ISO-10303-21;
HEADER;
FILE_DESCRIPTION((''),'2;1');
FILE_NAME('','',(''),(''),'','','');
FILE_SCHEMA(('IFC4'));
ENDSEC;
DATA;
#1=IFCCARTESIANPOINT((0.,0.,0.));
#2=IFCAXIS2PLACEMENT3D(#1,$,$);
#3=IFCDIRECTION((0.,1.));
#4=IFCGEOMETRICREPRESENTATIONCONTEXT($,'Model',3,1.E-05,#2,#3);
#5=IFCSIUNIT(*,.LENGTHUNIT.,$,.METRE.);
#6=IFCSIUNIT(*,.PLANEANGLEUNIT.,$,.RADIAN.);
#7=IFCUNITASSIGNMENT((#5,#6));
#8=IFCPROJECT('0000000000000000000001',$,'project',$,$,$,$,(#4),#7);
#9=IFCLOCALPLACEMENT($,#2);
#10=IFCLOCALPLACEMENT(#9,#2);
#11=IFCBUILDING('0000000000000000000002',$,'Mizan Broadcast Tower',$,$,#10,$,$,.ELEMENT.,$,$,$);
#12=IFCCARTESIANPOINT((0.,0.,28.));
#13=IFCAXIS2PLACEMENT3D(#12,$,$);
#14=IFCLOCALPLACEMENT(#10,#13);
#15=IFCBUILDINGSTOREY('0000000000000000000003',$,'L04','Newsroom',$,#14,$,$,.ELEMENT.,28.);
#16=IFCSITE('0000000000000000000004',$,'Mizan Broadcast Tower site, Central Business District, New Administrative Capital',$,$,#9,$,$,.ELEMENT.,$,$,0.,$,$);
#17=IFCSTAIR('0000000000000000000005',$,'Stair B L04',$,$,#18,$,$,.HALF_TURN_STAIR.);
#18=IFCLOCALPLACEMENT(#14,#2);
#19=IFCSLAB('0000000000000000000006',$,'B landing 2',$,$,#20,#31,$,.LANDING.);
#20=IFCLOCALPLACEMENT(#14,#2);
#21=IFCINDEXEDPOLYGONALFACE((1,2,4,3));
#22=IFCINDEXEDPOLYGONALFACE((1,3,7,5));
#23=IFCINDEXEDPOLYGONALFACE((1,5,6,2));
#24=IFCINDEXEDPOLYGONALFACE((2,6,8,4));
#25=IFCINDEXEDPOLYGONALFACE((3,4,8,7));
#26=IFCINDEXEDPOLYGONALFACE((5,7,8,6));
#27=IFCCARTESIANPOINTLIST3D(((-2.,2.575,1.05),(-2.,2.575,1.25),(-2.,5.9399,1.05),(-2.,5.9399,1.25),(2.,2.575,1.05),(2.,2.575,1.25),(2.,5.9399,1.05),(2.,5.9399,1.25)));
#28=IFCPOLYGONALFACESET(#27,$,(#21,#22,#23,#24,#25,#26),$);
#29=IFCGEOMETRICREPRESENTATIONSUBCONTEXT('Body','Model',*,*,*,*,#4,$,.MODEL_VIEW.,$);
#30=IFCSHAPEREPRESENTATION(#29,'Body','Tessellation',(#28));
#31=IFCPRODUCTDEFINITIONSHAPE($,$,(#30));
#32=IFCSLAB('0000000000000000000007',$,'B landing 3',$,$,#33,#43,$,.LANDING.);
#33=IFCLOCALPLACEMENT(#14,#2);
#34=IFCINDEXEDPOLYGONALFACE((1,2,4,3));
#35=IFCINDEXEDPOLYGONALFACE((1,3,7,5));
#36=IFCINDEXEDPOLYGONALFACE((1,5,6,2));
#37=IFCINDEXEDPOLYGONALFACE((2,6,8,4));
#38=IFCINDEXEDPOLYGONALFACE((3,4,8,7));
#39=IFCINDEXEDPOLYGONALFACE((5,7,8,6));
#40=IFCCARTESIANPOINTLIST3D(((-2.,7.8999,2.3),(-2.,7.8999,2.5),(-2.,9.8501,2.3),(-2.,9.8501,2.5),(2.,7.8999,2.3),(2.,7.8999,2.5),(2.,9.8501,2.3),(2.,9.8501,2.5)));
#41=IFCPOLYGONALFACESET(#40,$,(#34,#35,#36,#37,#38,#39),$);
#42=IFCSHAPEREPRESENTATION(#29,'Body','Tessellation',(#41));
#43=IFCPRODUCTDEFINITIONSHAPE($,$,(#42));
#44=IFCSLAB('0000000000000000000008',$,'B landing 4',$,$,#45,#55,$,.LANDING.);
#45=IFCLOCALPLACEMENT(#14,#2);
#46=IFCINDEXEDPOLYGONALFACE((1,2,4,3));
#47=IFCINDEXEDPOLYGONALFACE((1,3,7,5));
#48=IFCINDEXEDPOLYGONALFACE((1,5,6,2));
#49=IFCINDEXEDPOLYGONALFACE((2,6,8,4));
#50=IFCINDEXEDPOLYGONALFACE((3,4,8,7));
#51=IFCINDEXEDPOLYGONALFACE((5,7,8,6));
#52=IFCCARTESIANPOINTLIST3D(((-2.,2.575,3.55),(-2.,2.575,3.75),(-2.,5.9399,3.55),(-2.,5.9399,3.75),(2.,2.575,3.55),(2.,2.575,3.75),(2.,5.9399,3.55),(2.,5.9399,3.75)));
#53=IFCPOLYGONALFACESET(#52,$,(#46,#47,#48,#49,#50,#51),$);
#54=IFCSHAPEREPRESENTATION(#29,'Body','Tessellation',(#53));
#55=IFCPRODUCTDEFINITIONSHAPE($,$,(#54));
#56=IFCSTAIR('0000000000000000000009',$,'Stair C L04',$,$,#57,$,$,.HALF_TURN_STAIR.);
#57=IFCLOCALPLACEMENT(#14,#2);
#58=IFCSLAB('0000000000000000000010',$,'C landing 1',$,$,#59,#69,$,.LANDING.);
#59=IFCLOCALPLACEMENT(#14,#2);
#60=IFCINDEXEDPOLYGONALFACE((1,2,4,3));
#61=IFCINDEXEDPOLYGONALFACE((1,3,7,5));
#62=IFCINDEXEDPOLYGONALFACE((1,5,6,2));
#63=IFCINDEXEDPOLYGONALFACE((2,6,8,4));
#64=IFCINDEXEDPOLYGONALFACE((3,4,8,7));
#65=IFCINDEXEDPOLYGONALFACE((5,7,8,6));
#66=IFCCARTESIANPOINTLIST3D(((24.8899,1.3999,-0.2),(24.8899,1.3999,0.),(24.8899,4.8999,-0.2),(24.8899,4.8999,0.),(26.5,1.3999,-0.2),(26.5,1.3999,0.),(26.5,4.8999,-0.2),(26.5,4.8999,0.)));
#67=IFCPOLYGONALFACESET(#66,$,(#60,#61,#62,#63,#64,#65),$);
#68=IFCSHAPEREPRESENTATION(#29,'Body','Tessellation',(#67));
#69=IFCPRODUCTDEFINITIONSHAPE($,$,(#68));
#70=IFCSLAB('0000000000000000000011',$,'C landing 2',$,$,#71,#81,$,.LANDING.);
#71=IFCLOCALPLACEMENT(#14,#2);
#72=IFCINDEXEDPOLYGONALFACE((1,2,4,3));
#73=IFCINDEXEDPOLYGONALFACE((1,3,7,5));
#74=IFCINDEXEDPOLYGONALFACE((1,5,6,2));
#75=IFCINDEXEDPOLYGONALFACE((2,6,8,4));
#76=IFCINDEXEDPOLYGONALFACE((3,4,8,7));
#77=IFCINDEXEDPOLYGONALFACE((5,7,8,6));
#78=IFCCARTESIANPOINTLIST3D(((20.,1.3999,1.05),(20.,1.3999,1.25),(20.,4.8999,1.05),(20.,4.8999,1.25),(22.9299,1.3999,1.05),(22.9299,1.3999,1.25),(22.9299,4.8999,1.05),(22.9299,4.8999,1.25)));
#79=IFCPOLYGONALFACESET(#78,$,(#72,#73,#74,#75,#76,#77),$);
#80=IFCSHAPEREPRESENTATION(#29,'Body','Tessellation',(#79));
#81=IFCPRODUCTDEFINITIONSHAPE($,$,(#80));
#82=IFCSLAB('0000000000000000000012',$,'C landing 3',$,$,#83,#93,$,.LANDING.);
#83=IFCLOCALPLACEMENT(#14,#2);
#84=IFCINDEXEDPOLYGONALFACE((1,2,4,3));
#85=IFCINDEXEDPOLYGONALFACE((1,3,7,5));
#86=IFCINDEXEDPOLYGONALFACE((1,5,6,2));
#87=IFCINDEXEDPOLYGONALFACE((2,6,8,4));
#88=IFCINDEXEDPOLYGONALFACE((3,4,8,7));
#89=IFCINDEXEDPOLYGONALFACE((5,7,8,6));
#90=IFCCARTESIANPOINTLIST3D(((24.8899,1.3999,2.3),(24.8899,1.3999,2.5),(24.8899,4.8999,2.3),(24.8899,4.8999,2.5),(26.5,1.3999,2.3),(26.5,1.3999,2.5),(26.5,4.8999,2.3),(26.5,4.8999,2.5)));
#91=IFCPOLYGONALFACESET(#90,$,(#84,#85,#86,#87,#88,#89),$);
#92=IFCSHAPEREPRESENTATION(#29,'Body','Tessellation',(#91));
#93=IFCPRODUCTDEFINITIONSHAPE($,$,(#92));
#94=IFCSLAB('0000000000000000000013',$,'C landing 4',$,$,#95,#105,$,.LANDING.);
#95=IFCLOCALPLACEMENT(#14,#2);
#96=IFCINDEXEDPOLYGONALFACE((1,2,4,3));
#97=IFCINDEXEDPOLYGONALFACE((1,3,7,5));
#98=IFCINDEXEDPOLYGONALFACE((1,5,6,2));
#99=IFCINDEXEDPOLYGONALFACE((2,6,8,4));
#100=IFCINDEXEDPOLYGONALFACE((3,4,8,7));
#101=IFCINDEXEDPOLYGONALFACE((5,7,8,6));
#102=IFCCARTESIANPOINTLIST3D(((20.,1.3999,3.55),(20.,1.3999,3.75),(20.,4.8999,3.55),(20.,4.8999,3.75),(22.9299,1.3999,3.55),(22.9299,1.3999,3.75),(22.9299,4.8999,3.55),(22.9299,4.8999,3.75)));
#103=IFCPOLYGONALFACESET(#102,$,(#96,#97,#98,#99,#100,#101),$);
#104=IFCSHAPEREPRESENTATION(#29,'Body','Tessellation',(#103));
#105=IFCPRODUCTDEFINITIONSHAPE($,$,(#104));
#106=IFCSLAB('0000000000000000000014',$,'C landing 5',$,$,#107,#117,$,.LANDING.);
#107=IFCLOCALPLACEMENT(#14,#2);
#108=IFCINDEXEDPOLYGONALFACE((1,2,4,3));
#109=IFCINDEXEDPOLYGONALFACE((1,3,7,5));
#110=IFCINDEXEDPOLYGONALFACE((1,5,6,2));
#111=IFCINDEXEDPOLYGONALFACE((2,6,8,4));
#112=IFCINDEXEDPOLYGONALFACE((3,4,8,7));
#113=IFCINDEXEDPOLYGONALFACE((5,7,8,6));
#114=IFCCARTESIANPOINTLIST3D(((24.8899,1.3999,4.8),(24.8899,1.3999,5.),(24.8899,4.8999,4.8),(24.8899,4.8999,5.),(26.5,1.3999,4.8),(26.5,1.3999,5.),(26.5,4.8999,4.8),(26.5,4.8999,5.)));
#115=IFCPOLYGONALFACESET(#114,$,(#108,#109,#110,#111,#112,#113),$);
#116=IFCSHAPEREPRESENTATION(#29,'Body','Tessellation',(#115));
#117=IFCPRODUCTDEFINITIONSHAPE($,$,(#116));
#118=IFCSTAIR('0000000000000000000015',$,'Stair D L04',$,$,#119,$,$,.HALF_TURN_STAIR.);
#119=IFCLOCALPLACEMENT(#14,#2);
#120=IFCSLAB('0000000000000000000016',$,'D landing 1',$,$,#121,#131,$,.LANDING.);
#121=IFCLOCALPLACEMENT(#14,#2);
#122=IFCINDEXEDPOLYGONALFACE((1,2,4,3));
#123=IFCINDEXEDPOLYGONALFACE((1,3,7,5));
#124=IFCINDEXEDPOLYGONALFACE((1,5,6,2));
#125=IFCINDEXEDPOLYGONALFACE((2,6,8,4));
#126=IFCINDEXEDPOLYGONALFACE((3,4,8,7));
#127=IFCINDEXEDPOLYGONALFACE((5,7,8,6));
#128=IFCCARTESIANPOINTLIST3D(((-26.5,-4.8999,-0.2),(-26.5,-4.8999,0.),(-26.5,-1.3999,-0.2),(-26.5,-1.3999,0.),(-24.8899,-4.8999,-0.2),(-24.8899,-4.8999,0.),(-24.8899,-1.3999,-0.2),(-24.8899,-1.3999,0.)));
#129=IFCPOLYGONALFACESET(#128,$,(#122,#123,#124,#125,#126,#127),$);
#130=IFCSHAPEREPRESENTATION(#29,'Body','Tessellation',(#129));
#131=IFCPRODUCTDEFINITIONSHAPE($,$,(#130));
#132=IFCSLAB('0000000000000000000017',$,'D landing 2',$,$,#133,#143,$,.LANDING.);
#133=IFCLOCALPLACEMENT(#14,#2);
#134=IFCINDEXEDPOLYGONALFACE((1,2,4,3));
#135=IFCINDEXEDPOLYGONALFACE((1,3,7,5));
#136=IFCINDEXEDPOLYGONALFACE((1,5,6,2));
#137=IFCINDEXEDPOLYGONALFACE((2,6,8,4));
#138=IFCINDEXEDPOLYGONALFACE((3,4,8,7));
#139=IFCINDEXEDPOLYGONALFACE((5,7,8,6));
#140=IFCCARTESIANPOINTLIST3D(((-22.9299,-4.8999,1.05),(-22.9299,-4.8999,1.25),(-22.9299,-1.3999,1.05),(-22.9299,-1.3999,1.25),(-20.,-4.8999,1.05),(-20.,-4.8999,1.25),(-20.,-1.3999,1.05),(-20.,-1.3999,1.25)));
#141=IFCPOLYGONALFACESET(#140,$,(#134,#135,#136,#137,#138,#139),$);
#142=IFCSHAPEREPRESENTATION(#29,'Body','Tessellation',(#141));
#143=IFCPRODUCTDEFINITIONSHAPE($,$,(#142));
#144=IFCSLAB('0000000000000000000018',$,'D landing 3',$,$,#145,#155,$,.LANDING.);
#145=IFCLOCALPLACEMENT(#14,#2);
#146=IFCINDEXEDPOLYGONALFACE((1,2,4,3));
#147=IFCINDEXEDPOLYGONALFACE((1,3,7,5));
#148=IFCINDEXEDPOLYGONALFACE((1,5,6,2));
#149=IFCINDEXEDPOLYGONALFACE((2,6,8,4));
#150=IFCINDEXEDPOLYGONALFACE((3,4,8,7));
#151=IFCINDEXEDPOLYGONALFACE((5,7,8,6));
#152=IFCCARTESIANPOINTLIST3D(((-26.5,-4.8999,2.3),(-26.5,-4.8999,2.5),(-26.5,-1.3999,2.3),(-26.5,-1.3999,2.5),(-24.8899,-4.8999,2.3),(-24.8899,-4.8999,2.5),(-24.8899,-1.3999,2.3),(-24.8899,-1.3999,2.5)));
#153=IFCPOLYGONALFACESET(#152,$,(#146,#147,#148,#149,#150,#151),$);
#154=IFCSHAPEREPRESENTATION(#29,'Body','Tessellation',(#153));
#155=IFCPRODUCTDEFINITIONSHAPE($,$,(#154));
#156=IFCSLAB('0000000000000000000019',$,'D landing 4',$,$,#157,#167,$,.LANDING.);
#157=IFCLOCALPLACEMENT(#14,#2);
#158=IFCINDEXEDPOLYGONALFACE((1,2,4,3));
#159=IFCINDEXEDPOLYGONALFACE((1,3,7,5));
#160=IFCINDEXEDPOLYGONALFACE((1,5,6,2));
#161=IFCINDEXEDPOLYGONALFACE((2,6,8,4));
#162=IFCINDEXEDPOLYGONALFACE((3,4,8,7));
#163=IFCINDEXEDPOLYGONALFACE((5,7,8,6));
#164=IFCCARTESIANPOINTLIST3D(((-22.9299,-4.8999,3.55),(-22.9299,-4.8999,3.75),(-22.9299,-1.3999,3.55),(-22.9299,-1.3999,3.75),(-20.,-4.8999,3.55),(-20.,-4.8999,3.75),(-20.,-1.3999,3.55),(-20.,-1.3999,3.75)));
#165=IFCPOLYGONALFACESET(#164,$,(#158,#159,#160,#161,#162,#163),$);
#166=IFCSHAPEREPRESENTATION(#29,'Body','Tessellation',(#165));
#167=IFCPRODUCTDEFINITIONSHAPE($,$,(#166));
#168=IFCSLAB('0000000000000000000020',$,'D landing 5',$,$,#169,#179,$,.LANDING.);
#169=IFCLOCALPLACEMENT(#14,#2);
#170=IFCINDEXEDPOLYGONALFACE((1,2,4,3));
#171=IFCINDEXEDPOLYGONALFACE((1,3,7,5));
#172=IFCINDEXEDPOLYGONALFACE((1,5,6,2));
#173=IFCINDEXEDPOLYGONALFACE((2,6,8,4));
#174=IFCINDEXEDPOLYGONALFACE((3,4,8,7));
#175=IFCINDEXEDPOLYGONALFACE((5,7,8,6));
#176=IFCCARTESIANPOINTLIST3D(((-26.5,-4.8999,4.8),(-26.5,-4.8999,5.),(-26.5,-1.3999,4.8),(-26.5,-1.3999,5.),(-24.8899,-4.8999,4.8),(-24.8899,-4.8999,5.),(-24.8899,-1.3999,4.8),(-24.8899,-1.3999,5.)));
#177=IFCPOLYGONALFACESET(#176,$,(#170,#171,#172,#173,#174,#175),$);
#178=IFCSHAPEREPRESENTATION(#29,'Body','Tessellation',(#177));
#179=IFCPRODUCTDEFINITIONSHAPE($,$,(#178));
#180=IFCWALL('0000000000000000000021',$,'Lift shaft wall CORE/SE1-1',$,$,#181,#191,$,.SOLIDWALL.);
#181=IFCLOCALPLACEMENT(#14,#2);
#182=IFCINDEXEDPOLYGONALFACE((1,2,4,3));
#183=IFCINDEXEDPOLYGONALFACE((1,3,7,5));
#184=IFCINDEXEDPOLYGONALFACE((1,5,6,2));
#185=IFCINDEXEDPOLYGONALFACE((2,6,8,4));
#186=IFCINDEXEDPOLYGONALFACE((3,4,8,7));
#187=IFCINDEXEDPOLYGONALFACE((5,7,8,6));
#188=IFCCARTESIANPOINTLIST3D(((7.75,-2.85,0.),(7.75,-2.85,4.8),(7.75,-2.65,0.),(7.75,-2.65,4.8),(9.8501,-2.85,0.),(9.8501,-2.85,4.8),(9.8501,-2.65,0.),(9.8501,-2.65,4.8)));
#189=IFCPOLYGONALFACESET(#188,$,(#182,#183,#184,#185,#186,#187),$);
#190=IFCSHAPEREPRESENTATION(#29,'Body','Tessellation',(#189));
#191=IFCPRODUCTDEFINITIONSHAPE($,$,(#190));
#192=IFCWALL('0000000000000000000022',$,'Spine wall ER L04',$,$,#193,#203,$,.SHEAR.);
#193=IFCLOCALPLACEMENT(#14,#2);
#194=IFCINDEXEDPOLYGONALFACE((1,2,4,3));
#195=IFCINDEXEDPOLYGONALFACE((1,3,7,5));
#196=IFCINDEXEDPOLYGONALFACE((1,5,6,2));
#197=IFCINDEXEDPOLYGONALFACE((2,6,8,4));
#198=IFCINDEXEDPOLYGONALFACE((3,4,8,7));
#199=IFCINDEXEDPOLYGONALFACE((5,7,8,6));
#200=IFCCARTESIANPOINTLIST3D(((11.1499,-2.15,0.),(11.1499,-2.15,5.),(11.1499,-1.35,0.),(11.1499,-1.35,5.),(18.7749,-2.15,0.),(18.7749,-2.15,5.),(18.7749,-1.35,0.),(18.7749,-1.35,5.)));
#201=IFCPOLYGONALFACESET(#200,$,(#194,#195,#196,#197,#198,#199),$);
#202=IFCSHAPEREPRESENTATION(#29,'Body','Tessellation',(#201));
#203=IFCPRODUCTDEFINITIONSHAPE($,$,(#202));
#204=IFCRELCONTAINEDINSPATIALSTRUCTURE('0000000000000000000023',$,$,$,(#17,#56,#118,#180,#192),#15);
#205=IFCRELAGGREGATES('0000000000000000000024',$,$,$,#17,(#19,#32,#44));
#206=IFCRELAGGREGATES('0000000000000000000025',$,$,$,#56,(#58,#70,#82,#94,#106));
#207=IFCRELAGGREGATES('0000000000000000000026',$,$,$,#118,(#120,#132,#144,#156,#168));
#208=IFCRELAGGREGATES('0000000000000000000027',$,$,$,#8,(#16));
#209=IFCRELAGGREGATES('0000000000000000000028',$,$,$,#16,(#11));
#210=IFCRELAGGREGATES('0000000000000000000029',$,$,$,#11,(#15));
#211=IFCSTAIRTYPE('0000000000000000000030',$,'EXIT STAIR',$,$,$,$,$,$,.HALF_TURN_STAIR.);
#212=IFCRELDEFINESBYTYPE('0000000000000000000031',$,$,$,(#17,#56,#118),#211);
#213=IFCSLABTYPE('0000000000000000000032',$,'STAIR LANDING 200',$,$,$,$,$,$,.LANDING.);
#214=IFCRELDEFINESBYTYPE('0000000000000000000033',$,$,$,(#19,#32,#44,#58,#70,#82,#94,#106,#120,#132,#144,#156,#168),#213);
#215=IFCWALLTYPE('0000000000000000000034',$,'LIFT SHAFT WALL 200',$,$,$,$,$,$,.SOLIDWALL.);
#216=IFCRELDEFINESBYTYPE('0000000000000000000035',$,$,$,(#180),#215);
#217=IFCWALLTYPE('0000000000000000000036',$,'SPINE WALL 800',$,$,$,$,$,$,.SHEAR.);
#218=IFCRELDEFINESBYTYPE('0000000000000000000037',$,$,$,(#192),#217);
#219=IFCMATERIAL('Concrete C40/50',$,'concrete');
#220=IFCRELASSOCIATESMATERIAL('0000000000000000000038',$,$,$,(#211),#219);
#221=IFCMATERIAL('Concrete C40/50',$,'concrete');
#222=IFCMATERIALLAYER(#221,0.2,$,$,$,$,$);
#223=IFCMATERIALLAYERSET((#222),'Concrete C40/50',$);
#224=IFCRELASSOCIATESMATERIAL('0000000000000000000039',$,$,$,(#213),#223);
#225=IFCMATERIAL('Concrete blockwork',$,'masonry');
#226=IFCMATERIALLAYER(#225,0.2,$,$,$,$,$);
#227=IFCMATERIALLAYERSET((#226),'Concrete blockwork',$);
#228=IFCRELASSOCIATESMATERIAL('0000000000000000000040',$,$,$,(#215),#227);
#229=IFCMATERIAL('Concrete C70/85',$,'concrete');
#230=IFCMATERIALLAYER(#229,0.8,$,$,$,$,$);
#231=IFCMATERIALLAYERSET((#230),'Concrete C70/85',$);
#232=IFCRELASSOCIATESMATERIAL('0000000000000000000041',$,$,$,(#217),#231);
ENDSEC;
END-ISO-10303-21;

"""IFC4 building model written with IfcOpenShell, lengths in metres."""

from ifc_helpers import new_model, si_unit, direction, frame, frame_2d, origin, place, context, subcontext, project, spatial, polyline, rectangle, outline, extrude, material, layer, layer_set, type_object, element, aggregate, save


model = new_model("IFC4")

# Units and contexts
model_context = context("Model", 3, precision=1e-05, world=origin(), true_north=direction((0.0, 1.0)))
body_context = subcontext(model_context, "Body", "Model", "MODEL_VIEW")
ifc_project = project(units=[si_unit("LENGTHUNIT", "METRE"), si_unit("PLANEANGLEUNIT", "RADIAN")], contexts=[model_context])

# Site, building, storey
site_placement = place(None, origin())
site = spatial("IfcSite", under=ifc_project, at=site_placement, Name="Mizan Broadcast Tower site, Central Business District, New Administrative Capital", CompositionType="ELEMENT", RefElevation=0.0)
building_placement = place(site_placement, origin())
building = spatial("IfcBuilding", under=site, at=building_placement, Name="Mizan Broadcast Tower", CompositionType="ELEMENT")
storey_placement = place(building_placement, frame((0.0, 0.0, 28.0)))
storey = spatial("IfcBuildingStorey", under=building, at=storey_placement, Name="L04", Description="Newsroom", CompositionType="ELEMENT", Elevation=28.0)

# Stairs, slabs
ifc_material_1 = material(Name="Concrete C40/50", Category="concrete")
stair_type = type_object("IfcStairType", Name="EXIT STAIR", PredefinedType="HALF_TURN_STAIR", material=ifc_material_1)
ifc_material_2 = material(Name="Concrete C40/50", Category="concrete")
ifc_layer_1 = layer(ifc_material_2, 0.2)
ifc_layer_set_1 = layer_set([ifc_layer_1], Name="Concrete C40/50")
slab_type_1 = type_object("IfcSlabType", Name="STAIR LANDING 200", PredefinedType="LANDING", material=ifc_layer_set_1)
stair_1_placement = place(storey_placement, origin())
stair_1 = element("IfcStair", 1, at=stair_1_placement, inside=storey, type_object=stair_type, Name="Stair B L04", PredefinedType="HALF_TURN_STAIR")
slab_1_placement = place(storey_placement, frame((0.0, 0.0, 1.05)))
slab_1 = element("IfcSlab", 2, at=slab_1_placement, type_object=slab_type_1, Name="B landing 2", PredefinedType="LANDING", context=body_context, shape_type="SweptSolid", body=[
    extrude(outline(polyline([(2.0, 5.9399), (2.0, 2.575), (-2.0, 2.575), (-2.0, 5.9399), (2.0, 5.9399)])), origin(), (0.0, 0.0, 1.0), 0.2),
])
slab_2_placement = place(storey_placement, frame((0.0, 0.0, 2.3)))
slab_2 = element("IfcSlab", 3, at=slab_2_placement, type_object=slab_type_1, Name="B landing 3", PredefinedType="LANDING", context=body_context, shape_type="SweptSolid", body=[
    extrude(outline(polyline([(2.0, 9.8501), (2.0, 7.8999), (-2.0, 7.8999), (-2.0, 9.8501), (2.0, 9.8501)])), origin(), (0.0, 0.0, 1.0), 0.2),
])
slab_3_placement = place(storey_placement, frame((0.0, 0.0, 3.55)))
slab_3 = element("IfcSlab", 4, at=slab_3_placement, type_object=slab_type_1, Name="B landing 4", PredefinedType="LANDING", context=body_context, shape_type="SweptSolid", body=[
    extrude(outline(polyline([(2.0, 5.9399), (2.0, 2.575), (-2.0, 2.575), (-2.0, 5.9399), (2.0, 5.9399)])), origin(), (0.0, 0.0, 1.0), 0.2),
])
aggregate(stair_1, [slab_1, slab_2, slab_3])
stair_2_placement = place(storey_placement, origin())
stair_2 = element("IfcStair", 5, at=stair_2_placement, inside=storey, type_object=stair_type, Name="Stair C L04", PredefinedType="HALF_TURN_STAIR")
slab_4_placement = place(storey_placement, frame((0.0, 0.0, -0.2)))
slab_4 = element("IfcSlab", 6, at=slab_4_placement, type_object=slab_type_1, Name="C landing 1", PredefinedType="LANDING", context=body_context, shape_type="SweptSolid", body=[
    extrude(outline(polyline([(26.5, 1.3999), (24.8899, 1.3999), (24.8899, 4.8999), (26.5, 4.8999), (26.5, 1.3999)])), origin(), (0.0, 0.0, 1.0), 0.2),
])
slab_5_placement = place(storey_placement, frame((0.0, 0.0, 1.05)))
slab_5 = element("IfcSlab", 7, at=slab_5_placement, type_object=slab_type_1, Name="C landing 2", PredefinedType="LANDING", context=body_context, shape_type="SweptSolid", body=[
    extrude(outline(polyline([(22.9299, 1.3999), (20.0, 1.3999), (20.0, 4.8999), (22.9299, 4.8999), (22.9299, 1.3999)])), origin(), (0.0, 0.0, 1.0), 0.2),
])
slab_6_placement = place(storey_placement, frame((0.0, 0.0, 2.3)))
slab_6 = element("IfcSlab", 8, at=slab_6_placement, type_object=slab_type_1, Name="C landing 3", PredefinedType="LANDING", context=body_context, shape_type="SweptSolid", body=[
    extrude(outline(polyline([(26.5, 1.3999), (24.8899, 1.3999), (24.8899, 4.8999), (26.5, 4.8999), (26.5, 1.3999)])), origin(), (0.0, 0.0, 1.0), 0.2),
])
slab_7_placement = place(storey_placement, frame((0.0, 0.0, 3.55)))
slab_7 = element("IfcSlab", 9, at=slab_7_placement, type_object=slab_type_1, Name="C landing 4", PredefinedType="LANDING", context=body_context, shape_type="SweptSolid", body=[
    extrude(outline(polyline([(22.9299, 1.3999), (20.0, 1.3999), (20.0, 4.8999), (22.9299, 4.8999), (22.9299, 1.3999)])), origin(), (0.0, 0.0, 1.0), 0.2),
])
slab_8_placement = place(storey_placement, frame((0.0, 0.0, 4.8)))
slab_8 = element("IfcSlab", 10, at=slab_8_placement, type_object=slab_type_1, Name="C landing 5", PredefinedType="LANDING", context=body_context, shape_type="SweptSolid", body=[
    extrude(outline(polyline([(26.5, 1.3999), (24.8899, 1.3999), (24.8899, 4.8999), (26.5, 4.8999), (26.5, 1.3999)])), origin(), (0.0, 0.0, 1.0), 0.2),
])
aggregate(stair_2, [slab_4, slab_5, slab_6, slab_7, slab_8])
stair_3_placement = place(storey_placement, origin())
stair_3 = element("IfcStair", 11, at=stair_3_placement, inside=storey, type_object=stair_type, Name="Stair D L04", PredefinedType="HALF_TURN_STAIR")
slab_9_placement = place(storey_placement, frame((0.0, 0.0, -0.2)))
slab_9 = element("IfcSlab", 12, at=slab_9_placement, type_object=slab_type_1, Name="D landing 1", PredefinedType="LANDING", context=body_context, shape_type="SweptSolid", body=[
    extrude(outline(polyline([(-26.5, -1.3999), (-24.8899, -1.3999), (-24.8899, -4.8999), (-26.5, -4.8999), (-26.5, -1.3999)])), origin(), (0.0, 0.0, 1.0), 0.2),
])
slab_10_placement = place(storey_placement, frame((0.0, 0.0, 1.05)))
slab_10 = element("IfcSlab", 13, at=slab_10_placement, type_object=slab_type_1, Name="D landing 2", PredefinedType="LANDING", context=body_context, shape_type="SweptSolid", body=[
    extrude(outline(polyline([(-22.9299, -1.3999), (-20.0, -1.3999), (-20.0, -4.8999), (-22.9299, -4.8999), (-22.9299, -1.3999)])), origin(), (0.0, 0.0, 1.0), 0.2),
])
slab_11_placement = place(storey_placement, frame((0.0, 0.0, 2.3)))
slab_11 = element("IfcSlab", 14, at=slab_11_placement, type_object=slab_type_1, Name="D landing 3", PredefinedType="LANDING", context=body_context, shape_type="SweptSolid", body=[
    extrude(outline(polyline([(-26.5, -1.3999), (-24.8899, -1.3999), (-24.8899, -4.8999), (-26.5, -4.8999), (-26.5, -1.3999)])), origin(), (0.0, 0.0, 1.0), 0.2),
])
slab_12_placement = place(storey_placement, frame((0.0, 0.0, 3.55)))
slab_12 = element("IfcSlab", 15, at=slab_12_placement, type_object=slab_type_1, Name="D landing 4", PredefinedType="LANDING", context=body_context, shape_type="SweptSolid", body=[
    extrude(outline(polyline([(-22.9299, -1.3999), (-20.0, -1.3999), (-20.0, -4.8999), (-22.9299, -4.8999), (-22.9299, -1.3999)])), origin(), (0.0, 0.0, 1.0), 0.2),
])
slab_13_placement = place(storey_placement, frame((0.0, 0.0, 4.8)))
slab_13 = element("IfcSlab", 16, at=slab_13_placement, type_object=slab_type_1, Name="D landing 5", PredefinedType="LANDING", context=body_context, shape_type="SweptSolid", body=[
    extrude(outline(polyline([(-26.5, -1.3999), (-24.8899, -1.3999), (-24.8899, -4.8999), (-26.5, -4.8999), (-26.5, -1.3999)])), origin(), (0.0, 0.0, 1.0), 0.2),
])
aggregate(stair_3, [slab_9, slab_10, slab_11, slab_12, slab_13])

# Walls
ifc_material_3 = material(Name="Concrete blockwork", Category="masonry")
ifc_layer_2 = layer(ifc_material_3, 0.2)
ifc_layer_set_2 = layer_set([ifc_layer_2], Name="Concrete blockwork")
wall_type_1 = type_object("IfcWallType", Name="LIFT SHAFT WALL 200", PredefinedType="SOLIDWALL", material=ifc_layer_set_2)
wall_1_placement = place(storey_placement, frame((7.75, -2.75, 0.0), z_axis=(0.0, 0.0, 1.0), x_axis=(1.0, 0.0, 0.0)))
element("IfcWall", 17, at=wall_1_placement, inside=storey, type_object=wall_type_1, Name="Lift shaft wall CORE/SE1-1", PredefinedType="SOLIDWALL", context=body_context, shape_type="SweptSolid", body=[
    extrude(rectangle(XDim=2.1001, YDim=0.2, at=frame_2d((1.05, 0.0))), origin(), (0.0, 0.0, 1.0), 4.8),
])
ifc_material_4 = material(Name="Concrete C70/85", Category="concrete")
ifc_layer_3 = layer(ifc_material_4, 0.8)
ifc_layer_set_3 = layer_set([ifc_layer_3], Name="Concrete C70/85")
wall_type_2 = type_object("IfcWallType", Name="SPINE WALL 800", PredefinedType="SHEAR", material=ifc_layer_set_3)
wall_2_placement = place(storey_placement, frame((11.1499, -1.75, 0.0), z_axis=(0.0, 0.0, 1.0), x_axis=(1.0, 0.0, 0.0)))
element("IfcWall", 18, at=wall_2_placement, inside=storey, type_object=wall_type_2, Name="Spine wall ER L04", PredefinedType="SHEAR", context=body_context, shape_type="SweptSolid", body=[
    extrude(rectangle(XDim=7.625, YDim=0.8, at=frame_2d((3.8125, 0.0))), origin(), (0.0, 0.0, 1.0), 5.0),
])

save(model, "model.ifc")
